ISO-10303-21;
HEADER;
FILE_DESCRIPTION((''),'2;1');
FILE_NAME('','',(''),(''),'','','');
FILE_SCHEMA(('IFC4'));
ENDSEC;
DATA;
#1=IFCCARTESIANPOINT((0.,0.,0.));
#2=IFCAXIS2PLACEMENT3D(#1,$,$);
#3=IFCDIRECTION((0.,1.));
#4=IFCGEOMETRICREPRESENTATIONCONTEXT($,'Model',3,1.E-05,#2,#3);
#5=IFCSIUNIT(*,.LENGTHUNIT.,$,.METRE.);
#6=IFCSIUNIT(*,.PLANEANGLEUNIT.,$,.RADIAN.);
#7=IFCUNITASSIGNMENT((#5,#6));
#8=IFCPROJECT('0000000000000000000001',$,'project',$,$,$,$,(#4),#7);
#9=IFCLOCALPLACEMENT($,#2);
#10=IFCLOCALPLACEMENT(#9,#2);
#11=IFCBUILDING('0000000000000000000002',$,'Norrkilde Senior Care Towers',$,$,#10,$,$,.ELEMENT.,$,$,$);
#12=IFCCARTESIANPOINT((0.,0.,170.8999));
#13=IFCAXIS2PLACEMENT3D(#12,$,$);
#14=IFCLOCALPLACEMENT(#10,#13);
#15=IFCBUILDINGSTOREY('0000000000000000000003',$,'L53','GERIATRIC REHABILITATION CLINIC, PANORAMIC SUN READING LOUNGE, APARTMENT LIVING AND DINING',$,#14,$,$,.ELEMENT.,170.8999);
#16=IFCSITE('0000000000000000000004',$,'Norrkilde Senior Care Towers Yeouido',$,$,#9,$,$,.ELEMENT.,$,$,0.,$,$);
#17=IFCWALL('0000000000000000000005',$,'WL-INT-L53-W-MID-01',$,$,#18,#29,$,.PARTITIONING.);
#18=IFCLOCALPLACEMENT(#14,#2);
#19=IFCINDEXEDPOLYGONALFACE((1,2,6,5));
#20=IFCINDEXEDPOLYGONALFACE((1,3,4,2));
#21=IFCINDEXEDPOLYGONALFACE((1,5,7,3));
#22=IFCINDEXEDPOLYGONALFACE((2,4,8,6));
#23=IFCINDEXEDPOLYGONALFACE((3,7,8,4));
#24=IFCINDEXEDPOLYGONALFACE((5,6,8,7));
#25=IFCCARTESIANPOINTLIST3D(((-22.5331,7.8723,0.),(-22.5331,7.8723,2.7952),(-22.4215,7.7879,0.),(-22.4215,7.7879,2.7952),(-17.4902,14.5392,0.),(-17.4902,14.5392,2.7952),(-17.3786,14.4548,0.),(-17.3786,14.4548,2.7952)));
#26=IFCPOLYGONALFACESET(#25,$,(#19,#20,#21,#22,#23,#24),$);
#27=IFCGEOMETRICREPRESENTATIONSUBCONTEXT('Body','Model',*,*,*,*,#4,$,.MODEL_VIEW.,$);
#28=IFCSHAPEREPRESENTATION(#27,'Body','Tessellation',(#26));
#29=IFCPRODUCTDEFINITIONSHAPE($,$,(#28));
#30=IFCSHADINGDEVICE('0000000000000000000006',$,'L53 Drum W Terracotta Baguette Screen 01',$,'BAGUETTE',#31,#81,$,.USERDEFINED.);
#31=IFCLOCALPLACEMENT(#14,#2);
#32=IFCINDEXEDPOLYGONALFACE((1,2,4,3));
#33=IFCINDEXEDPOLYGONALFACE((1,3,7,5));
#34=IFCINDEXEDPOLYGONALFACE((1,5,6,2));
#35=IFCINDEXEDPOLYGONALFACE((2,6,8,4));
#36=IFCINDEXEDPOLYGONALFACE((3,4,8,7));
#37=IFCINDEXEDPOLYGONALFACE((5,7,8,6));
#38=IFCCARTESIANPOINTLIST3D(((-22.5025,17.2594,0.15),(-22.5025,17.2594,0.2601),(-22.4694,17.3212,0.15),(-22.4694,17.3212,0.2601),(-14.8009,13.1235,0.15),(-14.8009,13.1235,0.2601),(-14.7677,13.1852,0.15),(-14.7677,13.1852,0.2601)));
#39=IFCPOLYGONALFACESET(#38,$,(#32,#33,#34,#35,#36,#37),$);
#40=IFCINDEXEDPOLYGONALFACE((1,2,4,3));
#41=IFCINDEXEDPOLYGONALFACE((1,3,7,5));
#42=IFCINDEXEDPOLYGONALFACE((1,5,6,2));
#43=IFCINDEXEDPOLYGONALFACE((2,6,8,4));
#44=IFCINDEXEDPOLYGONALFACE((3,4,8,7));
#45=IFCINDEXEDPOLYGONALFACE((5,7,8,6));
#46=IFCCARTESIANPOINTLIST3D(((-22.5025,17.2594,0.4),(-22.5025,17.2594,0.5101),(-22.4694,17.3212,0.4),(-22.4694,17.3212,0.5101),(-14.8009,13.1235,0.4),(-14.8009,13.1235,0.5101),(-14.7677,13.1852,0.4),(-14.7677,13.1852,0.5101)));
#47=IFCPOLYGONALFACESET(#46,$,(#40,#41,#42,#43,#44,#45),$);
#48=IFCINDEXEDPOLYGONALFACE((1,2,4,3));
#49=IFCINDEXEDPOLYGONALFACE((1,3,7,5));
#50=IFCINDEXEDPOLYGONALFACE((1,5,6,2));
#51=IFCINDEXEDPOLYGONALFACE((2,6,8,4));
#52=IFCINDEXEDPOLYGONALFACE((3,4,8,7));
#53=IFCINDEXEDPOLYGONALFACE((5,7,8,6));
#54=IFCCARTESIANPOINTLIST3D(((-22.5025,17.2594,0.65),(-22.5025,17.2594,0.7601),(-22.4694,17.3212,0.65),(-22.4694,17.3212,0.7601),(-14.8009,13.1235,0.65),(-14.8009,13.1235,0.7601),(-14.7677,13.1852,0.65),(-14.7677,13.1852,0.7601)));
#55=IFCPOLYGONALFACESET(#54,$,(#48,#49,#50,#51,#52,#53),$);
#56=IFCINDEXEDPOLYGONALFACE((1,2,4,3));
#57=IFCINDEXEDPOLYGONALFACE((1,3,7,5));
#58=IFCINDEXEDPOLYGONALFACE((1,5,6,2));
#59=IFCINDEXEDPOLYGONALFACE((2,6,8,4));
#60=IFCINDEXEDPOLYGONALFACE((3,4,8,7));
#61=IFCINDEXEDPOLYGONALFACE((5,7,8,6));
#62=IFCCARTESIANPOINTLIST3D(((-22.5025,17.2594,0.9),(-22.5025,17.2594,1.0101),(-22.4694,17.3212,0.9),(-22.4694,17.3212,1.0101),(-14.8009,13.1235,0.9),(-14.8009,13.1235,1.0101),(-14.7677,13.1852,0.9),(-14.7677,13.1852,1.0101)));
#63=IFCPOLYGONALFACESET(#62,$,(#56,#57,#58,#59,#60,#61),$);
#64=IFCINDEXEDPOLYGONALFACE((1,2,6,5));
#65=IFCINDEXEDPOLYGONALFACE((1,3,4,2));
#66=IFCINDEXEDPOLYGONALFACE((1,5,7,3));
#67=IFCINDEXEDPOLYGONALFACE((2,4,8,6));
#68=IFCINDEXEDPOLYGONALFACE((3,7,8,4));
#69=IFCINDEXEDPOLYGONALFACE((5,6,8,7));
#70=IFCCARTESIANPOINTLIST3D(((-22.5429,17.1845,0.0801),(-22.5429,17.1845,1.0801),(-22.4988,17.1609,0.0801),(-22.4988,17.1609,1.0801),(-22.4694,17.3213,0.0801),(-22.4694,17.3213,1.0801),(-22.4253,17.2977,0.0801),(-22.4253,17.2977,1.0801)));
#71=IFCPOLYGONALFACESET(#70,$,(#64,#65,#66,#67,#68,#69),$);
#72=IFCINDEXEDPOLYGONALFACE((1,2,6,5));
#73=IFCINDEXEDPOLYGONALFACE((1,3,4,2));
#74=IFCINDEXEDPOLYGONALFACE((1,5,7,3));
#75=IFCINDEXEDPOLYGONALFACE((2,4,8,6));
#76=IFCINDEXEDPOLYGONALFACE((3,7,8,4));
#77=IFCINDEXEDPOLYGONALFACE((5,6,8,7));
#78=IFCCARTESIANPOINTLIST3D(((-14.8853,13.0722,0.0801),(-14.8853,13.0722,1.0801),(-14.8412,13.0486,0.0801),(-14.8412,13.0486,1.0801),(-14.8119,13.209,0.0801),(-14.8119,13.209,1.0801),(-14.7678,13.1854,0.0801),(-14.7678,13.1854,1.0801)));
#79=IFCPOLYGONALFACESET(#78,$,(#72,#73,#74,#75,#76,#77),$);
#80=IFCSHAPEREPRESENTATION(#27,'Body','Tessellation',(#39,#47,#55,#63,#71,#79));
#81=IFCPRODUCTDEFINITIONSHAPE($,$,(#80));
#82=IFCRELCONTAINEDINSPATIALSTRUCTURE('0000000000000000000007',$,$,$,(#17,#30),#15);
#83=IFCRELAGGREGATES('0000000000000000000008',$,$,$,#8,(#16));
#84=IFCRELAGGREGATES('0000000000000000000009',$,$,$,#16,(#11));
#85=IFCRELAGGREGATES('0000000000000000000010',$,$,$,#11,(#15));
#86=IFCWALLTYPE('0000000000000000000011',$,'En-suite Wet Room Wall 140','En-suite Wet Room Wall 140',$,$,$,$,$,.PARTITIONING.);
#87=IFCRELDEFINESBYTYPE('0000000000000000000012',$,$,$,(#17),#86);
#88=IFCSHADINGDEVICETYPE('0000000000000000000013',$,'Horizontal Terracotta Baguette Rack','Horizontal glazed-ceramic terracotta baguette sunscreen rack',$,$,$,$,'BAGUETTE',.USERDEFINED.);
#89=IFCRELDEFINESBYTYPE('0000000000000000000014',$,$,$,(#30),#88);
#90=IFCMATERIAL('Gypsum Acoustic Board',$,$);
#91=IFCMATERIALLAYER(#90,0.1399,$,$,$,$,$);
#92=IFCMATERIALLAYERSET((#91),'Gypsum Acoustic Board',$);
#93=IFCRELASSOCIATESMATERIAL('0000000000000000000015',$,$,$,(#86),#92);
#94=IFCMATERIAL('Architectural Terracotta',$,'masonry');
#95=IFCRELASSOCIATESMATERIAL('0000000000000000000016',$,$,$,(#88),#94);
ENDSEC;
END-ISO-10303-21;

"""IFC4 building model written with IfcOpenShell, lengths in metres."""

from ifc_helpers import new_model, si_unit, direction, frame, frame_2d, origin, origin_2d, place, context, subcontext, project, spatial, rectangle, extrude, source, transform, mapped, material, layer, layer_set, type_object, type_shapes, element, save


model = new_model("IFC4")

# Units and contexts
model_context = context("Model", 3, precision=1e-05, world=origin(), true_north=direction((0.0, 1.0)))
body_context = subcontext(model_context, "Body", "Model", "MODEL_VIEW")
ifc_project = project(units=[si_unit("LENGTHUNIT", "METRE"), si_unit("PLANEANGLEUNIT", "RADIAN")], contexts=[model_context])

# Site, building, storey
site_placement = place(None, origin())
site = spatial("IfcSite", under=ifc_project, at=site_placement, Name="Norrkilde Senior Care Towers Yeouido", CompositionType="ELEMENT", RefElevation=0.0)
building_placement = place(site_placement, origin())
building = spatial("IfcBuilding", under=site, at=building_placement, Name="Norrkilde Senior Care Towers", CompositionType="ELEMENT")
storey_placement = place(building_placement, frame((0.0, 0.0, 170.8999)))
storey = spatial("IfcBuildingStorey", under=building, at=storey_placement, Name="L53", Description="GERIATRIC REHABILITATION CLINIC, PANORAMIC SUN READING LOUNGE, APARTMENT LIVING AND DINING", CompositionType="ELEMENT", Elevation=170.8999)

# Shared definitions
ifc_material_1 = material(Name="Gypsum Acoustic Board")

# Shared definitions
ifc_layer_1 = layer(ifc_material_1, 0.1399)
ifc_layer_set_1 = layer_set([ifc_layer_1], Name="Gypsum Acoustic Board")
wall_type_1 = type_object("IfcWallType", Name="En-suite Wet Room Wall 140", Description="En-suite Wet Room Wall 140", PredefinedType="PARTITIONING", material=ifc_layer_set_1)

# Wall
shared_shape_1 = source(origin(), body_context, "Body", "SweptSolid", [
    extrude(rectangle(XDim=8.3594, YDim=0.1399, at=frame_2d((4.1797, 0.0))), origin(), (0.0, 0.0, 1.0), 2.7952),
])
wall_1_placement = place(storey_placement, frame((-22.4773, 7.8301, 0.0), z_axis=(0.0, 0.0, 1.0), x_axis=(0.603266, 0.79754, 0.0)))
element("IfcWall", 1, at=wall_1_placement, inside=storey, type_object=wall_type_1, Name="WL-INT-L53-W-MID-01", PredefinedType="PARTITIONING", context=body_context, shape_type="MappedRepresentation", body=[
    mapped(shared_shape_1, transform((0.0, 0.0, 0.0), x_axis=(1.0, 0.0, 0.0), y_axis=(0.0, 1.0, 0.0), z_axis=(0.0, 0.0, 1.0), scale=1.0)),
])

# Shading device
ifc_material_2 = material(Name="Architectural Terracotta", Category="masonry")
shading_device_type = type_object("IfcShadingDeviceType", Name="Horizontal Terracotta Baguette Rack", Description="Horizontal glazed-ceramic terracotta baguette sunscreen rack", ElementType="BAGUETTE", PredefinedType="USERDEFINED", material=ifc_material_2)
shared_shape_2 = source(origin(), body_context, "Body", "SweptSolid", [
    extrude(rectangle(XDim=0.0701, YDim=0.1101, at=origin_2d()), frame((0.0, 0.0901, 0.125), z_axis=(1.0, 0.0, 0.0), x_axis=(0.0, 1.0, 0.0)), (0.0, 0.0, 1.0), 8.7419),
    extrude(rectangle(XDim=0.0701, YDim=0.1101, at=origin_2d()), frame((0.0, 0.0901, 0.375), z_axis=(1.0, 0.0, 0.0), x_axis=(0.0, 1.0, 0.0)), (0.0, 0.0, 1.0), 8.7419),
    extrude(rectangle(XDim=0.0701, YDim=0.1101, at=origin_2d()), frame((0.0, 0.0901, 0.625), z_axis=(1.0, 0.0, 0.0), x_axis=(0.0, 1.0, 0.0)), (0.0, 0.0, 1.0), 8.7419),
    extrude(rectangle(XDim=0.0701, YDim=0.1101, at=origin_2d()), frame((0.0, 0.0901, 0.875), z_axis=(1.0, 0.0, 0.0), x_axis=(0.0, 1.0, 0.0)), (0.0, 0.0, 1.0), 8.7419),
    extrude(rectangle(XDim=0.05, YDim=0.1553, at=origin_2d()), frame((0.0249, 0.0476, 0.0)), (0.0, 0.0, 1.0), 1.0),
    extrude(rectangle(XDim=0.05, YDim=0.1553, at=origin_2d()), frame((8.7168, 0.0476, 0.0)), (0.0, 0.0, 1.0), 1.0),
])
type_shapes(shading_device_type, [shared_shape_2])
shading_device_placement = place(storey_placement, frame((-22.5286, 17.2109, 0.0801), z_axis=(0.0, 0.0, 1.0), x_axis=(0.881001, -0.47312, 0.0)))
element("IfcShadingDevice", 2, at=shading_device_placement, inside=storey, type_object=shading_device_type, Name="L53 Drum W Terracotta Baguette Screen 01", ObjectType="BAGUETTE", PredefinedType="USERDEFINED", context=body_context, shape_type="MappedRepresentation", body=[
    mapped(shared_shape_2, transform((0.0, 0.0, 0.0), x_axis=(1.0, 0.0, 0.0), y_axis=(0.0, 1.0, 0.0), z_axis=(0.0, 0.0, 1.0), scale=1.0)),
])

save(model, "model.ifc")
